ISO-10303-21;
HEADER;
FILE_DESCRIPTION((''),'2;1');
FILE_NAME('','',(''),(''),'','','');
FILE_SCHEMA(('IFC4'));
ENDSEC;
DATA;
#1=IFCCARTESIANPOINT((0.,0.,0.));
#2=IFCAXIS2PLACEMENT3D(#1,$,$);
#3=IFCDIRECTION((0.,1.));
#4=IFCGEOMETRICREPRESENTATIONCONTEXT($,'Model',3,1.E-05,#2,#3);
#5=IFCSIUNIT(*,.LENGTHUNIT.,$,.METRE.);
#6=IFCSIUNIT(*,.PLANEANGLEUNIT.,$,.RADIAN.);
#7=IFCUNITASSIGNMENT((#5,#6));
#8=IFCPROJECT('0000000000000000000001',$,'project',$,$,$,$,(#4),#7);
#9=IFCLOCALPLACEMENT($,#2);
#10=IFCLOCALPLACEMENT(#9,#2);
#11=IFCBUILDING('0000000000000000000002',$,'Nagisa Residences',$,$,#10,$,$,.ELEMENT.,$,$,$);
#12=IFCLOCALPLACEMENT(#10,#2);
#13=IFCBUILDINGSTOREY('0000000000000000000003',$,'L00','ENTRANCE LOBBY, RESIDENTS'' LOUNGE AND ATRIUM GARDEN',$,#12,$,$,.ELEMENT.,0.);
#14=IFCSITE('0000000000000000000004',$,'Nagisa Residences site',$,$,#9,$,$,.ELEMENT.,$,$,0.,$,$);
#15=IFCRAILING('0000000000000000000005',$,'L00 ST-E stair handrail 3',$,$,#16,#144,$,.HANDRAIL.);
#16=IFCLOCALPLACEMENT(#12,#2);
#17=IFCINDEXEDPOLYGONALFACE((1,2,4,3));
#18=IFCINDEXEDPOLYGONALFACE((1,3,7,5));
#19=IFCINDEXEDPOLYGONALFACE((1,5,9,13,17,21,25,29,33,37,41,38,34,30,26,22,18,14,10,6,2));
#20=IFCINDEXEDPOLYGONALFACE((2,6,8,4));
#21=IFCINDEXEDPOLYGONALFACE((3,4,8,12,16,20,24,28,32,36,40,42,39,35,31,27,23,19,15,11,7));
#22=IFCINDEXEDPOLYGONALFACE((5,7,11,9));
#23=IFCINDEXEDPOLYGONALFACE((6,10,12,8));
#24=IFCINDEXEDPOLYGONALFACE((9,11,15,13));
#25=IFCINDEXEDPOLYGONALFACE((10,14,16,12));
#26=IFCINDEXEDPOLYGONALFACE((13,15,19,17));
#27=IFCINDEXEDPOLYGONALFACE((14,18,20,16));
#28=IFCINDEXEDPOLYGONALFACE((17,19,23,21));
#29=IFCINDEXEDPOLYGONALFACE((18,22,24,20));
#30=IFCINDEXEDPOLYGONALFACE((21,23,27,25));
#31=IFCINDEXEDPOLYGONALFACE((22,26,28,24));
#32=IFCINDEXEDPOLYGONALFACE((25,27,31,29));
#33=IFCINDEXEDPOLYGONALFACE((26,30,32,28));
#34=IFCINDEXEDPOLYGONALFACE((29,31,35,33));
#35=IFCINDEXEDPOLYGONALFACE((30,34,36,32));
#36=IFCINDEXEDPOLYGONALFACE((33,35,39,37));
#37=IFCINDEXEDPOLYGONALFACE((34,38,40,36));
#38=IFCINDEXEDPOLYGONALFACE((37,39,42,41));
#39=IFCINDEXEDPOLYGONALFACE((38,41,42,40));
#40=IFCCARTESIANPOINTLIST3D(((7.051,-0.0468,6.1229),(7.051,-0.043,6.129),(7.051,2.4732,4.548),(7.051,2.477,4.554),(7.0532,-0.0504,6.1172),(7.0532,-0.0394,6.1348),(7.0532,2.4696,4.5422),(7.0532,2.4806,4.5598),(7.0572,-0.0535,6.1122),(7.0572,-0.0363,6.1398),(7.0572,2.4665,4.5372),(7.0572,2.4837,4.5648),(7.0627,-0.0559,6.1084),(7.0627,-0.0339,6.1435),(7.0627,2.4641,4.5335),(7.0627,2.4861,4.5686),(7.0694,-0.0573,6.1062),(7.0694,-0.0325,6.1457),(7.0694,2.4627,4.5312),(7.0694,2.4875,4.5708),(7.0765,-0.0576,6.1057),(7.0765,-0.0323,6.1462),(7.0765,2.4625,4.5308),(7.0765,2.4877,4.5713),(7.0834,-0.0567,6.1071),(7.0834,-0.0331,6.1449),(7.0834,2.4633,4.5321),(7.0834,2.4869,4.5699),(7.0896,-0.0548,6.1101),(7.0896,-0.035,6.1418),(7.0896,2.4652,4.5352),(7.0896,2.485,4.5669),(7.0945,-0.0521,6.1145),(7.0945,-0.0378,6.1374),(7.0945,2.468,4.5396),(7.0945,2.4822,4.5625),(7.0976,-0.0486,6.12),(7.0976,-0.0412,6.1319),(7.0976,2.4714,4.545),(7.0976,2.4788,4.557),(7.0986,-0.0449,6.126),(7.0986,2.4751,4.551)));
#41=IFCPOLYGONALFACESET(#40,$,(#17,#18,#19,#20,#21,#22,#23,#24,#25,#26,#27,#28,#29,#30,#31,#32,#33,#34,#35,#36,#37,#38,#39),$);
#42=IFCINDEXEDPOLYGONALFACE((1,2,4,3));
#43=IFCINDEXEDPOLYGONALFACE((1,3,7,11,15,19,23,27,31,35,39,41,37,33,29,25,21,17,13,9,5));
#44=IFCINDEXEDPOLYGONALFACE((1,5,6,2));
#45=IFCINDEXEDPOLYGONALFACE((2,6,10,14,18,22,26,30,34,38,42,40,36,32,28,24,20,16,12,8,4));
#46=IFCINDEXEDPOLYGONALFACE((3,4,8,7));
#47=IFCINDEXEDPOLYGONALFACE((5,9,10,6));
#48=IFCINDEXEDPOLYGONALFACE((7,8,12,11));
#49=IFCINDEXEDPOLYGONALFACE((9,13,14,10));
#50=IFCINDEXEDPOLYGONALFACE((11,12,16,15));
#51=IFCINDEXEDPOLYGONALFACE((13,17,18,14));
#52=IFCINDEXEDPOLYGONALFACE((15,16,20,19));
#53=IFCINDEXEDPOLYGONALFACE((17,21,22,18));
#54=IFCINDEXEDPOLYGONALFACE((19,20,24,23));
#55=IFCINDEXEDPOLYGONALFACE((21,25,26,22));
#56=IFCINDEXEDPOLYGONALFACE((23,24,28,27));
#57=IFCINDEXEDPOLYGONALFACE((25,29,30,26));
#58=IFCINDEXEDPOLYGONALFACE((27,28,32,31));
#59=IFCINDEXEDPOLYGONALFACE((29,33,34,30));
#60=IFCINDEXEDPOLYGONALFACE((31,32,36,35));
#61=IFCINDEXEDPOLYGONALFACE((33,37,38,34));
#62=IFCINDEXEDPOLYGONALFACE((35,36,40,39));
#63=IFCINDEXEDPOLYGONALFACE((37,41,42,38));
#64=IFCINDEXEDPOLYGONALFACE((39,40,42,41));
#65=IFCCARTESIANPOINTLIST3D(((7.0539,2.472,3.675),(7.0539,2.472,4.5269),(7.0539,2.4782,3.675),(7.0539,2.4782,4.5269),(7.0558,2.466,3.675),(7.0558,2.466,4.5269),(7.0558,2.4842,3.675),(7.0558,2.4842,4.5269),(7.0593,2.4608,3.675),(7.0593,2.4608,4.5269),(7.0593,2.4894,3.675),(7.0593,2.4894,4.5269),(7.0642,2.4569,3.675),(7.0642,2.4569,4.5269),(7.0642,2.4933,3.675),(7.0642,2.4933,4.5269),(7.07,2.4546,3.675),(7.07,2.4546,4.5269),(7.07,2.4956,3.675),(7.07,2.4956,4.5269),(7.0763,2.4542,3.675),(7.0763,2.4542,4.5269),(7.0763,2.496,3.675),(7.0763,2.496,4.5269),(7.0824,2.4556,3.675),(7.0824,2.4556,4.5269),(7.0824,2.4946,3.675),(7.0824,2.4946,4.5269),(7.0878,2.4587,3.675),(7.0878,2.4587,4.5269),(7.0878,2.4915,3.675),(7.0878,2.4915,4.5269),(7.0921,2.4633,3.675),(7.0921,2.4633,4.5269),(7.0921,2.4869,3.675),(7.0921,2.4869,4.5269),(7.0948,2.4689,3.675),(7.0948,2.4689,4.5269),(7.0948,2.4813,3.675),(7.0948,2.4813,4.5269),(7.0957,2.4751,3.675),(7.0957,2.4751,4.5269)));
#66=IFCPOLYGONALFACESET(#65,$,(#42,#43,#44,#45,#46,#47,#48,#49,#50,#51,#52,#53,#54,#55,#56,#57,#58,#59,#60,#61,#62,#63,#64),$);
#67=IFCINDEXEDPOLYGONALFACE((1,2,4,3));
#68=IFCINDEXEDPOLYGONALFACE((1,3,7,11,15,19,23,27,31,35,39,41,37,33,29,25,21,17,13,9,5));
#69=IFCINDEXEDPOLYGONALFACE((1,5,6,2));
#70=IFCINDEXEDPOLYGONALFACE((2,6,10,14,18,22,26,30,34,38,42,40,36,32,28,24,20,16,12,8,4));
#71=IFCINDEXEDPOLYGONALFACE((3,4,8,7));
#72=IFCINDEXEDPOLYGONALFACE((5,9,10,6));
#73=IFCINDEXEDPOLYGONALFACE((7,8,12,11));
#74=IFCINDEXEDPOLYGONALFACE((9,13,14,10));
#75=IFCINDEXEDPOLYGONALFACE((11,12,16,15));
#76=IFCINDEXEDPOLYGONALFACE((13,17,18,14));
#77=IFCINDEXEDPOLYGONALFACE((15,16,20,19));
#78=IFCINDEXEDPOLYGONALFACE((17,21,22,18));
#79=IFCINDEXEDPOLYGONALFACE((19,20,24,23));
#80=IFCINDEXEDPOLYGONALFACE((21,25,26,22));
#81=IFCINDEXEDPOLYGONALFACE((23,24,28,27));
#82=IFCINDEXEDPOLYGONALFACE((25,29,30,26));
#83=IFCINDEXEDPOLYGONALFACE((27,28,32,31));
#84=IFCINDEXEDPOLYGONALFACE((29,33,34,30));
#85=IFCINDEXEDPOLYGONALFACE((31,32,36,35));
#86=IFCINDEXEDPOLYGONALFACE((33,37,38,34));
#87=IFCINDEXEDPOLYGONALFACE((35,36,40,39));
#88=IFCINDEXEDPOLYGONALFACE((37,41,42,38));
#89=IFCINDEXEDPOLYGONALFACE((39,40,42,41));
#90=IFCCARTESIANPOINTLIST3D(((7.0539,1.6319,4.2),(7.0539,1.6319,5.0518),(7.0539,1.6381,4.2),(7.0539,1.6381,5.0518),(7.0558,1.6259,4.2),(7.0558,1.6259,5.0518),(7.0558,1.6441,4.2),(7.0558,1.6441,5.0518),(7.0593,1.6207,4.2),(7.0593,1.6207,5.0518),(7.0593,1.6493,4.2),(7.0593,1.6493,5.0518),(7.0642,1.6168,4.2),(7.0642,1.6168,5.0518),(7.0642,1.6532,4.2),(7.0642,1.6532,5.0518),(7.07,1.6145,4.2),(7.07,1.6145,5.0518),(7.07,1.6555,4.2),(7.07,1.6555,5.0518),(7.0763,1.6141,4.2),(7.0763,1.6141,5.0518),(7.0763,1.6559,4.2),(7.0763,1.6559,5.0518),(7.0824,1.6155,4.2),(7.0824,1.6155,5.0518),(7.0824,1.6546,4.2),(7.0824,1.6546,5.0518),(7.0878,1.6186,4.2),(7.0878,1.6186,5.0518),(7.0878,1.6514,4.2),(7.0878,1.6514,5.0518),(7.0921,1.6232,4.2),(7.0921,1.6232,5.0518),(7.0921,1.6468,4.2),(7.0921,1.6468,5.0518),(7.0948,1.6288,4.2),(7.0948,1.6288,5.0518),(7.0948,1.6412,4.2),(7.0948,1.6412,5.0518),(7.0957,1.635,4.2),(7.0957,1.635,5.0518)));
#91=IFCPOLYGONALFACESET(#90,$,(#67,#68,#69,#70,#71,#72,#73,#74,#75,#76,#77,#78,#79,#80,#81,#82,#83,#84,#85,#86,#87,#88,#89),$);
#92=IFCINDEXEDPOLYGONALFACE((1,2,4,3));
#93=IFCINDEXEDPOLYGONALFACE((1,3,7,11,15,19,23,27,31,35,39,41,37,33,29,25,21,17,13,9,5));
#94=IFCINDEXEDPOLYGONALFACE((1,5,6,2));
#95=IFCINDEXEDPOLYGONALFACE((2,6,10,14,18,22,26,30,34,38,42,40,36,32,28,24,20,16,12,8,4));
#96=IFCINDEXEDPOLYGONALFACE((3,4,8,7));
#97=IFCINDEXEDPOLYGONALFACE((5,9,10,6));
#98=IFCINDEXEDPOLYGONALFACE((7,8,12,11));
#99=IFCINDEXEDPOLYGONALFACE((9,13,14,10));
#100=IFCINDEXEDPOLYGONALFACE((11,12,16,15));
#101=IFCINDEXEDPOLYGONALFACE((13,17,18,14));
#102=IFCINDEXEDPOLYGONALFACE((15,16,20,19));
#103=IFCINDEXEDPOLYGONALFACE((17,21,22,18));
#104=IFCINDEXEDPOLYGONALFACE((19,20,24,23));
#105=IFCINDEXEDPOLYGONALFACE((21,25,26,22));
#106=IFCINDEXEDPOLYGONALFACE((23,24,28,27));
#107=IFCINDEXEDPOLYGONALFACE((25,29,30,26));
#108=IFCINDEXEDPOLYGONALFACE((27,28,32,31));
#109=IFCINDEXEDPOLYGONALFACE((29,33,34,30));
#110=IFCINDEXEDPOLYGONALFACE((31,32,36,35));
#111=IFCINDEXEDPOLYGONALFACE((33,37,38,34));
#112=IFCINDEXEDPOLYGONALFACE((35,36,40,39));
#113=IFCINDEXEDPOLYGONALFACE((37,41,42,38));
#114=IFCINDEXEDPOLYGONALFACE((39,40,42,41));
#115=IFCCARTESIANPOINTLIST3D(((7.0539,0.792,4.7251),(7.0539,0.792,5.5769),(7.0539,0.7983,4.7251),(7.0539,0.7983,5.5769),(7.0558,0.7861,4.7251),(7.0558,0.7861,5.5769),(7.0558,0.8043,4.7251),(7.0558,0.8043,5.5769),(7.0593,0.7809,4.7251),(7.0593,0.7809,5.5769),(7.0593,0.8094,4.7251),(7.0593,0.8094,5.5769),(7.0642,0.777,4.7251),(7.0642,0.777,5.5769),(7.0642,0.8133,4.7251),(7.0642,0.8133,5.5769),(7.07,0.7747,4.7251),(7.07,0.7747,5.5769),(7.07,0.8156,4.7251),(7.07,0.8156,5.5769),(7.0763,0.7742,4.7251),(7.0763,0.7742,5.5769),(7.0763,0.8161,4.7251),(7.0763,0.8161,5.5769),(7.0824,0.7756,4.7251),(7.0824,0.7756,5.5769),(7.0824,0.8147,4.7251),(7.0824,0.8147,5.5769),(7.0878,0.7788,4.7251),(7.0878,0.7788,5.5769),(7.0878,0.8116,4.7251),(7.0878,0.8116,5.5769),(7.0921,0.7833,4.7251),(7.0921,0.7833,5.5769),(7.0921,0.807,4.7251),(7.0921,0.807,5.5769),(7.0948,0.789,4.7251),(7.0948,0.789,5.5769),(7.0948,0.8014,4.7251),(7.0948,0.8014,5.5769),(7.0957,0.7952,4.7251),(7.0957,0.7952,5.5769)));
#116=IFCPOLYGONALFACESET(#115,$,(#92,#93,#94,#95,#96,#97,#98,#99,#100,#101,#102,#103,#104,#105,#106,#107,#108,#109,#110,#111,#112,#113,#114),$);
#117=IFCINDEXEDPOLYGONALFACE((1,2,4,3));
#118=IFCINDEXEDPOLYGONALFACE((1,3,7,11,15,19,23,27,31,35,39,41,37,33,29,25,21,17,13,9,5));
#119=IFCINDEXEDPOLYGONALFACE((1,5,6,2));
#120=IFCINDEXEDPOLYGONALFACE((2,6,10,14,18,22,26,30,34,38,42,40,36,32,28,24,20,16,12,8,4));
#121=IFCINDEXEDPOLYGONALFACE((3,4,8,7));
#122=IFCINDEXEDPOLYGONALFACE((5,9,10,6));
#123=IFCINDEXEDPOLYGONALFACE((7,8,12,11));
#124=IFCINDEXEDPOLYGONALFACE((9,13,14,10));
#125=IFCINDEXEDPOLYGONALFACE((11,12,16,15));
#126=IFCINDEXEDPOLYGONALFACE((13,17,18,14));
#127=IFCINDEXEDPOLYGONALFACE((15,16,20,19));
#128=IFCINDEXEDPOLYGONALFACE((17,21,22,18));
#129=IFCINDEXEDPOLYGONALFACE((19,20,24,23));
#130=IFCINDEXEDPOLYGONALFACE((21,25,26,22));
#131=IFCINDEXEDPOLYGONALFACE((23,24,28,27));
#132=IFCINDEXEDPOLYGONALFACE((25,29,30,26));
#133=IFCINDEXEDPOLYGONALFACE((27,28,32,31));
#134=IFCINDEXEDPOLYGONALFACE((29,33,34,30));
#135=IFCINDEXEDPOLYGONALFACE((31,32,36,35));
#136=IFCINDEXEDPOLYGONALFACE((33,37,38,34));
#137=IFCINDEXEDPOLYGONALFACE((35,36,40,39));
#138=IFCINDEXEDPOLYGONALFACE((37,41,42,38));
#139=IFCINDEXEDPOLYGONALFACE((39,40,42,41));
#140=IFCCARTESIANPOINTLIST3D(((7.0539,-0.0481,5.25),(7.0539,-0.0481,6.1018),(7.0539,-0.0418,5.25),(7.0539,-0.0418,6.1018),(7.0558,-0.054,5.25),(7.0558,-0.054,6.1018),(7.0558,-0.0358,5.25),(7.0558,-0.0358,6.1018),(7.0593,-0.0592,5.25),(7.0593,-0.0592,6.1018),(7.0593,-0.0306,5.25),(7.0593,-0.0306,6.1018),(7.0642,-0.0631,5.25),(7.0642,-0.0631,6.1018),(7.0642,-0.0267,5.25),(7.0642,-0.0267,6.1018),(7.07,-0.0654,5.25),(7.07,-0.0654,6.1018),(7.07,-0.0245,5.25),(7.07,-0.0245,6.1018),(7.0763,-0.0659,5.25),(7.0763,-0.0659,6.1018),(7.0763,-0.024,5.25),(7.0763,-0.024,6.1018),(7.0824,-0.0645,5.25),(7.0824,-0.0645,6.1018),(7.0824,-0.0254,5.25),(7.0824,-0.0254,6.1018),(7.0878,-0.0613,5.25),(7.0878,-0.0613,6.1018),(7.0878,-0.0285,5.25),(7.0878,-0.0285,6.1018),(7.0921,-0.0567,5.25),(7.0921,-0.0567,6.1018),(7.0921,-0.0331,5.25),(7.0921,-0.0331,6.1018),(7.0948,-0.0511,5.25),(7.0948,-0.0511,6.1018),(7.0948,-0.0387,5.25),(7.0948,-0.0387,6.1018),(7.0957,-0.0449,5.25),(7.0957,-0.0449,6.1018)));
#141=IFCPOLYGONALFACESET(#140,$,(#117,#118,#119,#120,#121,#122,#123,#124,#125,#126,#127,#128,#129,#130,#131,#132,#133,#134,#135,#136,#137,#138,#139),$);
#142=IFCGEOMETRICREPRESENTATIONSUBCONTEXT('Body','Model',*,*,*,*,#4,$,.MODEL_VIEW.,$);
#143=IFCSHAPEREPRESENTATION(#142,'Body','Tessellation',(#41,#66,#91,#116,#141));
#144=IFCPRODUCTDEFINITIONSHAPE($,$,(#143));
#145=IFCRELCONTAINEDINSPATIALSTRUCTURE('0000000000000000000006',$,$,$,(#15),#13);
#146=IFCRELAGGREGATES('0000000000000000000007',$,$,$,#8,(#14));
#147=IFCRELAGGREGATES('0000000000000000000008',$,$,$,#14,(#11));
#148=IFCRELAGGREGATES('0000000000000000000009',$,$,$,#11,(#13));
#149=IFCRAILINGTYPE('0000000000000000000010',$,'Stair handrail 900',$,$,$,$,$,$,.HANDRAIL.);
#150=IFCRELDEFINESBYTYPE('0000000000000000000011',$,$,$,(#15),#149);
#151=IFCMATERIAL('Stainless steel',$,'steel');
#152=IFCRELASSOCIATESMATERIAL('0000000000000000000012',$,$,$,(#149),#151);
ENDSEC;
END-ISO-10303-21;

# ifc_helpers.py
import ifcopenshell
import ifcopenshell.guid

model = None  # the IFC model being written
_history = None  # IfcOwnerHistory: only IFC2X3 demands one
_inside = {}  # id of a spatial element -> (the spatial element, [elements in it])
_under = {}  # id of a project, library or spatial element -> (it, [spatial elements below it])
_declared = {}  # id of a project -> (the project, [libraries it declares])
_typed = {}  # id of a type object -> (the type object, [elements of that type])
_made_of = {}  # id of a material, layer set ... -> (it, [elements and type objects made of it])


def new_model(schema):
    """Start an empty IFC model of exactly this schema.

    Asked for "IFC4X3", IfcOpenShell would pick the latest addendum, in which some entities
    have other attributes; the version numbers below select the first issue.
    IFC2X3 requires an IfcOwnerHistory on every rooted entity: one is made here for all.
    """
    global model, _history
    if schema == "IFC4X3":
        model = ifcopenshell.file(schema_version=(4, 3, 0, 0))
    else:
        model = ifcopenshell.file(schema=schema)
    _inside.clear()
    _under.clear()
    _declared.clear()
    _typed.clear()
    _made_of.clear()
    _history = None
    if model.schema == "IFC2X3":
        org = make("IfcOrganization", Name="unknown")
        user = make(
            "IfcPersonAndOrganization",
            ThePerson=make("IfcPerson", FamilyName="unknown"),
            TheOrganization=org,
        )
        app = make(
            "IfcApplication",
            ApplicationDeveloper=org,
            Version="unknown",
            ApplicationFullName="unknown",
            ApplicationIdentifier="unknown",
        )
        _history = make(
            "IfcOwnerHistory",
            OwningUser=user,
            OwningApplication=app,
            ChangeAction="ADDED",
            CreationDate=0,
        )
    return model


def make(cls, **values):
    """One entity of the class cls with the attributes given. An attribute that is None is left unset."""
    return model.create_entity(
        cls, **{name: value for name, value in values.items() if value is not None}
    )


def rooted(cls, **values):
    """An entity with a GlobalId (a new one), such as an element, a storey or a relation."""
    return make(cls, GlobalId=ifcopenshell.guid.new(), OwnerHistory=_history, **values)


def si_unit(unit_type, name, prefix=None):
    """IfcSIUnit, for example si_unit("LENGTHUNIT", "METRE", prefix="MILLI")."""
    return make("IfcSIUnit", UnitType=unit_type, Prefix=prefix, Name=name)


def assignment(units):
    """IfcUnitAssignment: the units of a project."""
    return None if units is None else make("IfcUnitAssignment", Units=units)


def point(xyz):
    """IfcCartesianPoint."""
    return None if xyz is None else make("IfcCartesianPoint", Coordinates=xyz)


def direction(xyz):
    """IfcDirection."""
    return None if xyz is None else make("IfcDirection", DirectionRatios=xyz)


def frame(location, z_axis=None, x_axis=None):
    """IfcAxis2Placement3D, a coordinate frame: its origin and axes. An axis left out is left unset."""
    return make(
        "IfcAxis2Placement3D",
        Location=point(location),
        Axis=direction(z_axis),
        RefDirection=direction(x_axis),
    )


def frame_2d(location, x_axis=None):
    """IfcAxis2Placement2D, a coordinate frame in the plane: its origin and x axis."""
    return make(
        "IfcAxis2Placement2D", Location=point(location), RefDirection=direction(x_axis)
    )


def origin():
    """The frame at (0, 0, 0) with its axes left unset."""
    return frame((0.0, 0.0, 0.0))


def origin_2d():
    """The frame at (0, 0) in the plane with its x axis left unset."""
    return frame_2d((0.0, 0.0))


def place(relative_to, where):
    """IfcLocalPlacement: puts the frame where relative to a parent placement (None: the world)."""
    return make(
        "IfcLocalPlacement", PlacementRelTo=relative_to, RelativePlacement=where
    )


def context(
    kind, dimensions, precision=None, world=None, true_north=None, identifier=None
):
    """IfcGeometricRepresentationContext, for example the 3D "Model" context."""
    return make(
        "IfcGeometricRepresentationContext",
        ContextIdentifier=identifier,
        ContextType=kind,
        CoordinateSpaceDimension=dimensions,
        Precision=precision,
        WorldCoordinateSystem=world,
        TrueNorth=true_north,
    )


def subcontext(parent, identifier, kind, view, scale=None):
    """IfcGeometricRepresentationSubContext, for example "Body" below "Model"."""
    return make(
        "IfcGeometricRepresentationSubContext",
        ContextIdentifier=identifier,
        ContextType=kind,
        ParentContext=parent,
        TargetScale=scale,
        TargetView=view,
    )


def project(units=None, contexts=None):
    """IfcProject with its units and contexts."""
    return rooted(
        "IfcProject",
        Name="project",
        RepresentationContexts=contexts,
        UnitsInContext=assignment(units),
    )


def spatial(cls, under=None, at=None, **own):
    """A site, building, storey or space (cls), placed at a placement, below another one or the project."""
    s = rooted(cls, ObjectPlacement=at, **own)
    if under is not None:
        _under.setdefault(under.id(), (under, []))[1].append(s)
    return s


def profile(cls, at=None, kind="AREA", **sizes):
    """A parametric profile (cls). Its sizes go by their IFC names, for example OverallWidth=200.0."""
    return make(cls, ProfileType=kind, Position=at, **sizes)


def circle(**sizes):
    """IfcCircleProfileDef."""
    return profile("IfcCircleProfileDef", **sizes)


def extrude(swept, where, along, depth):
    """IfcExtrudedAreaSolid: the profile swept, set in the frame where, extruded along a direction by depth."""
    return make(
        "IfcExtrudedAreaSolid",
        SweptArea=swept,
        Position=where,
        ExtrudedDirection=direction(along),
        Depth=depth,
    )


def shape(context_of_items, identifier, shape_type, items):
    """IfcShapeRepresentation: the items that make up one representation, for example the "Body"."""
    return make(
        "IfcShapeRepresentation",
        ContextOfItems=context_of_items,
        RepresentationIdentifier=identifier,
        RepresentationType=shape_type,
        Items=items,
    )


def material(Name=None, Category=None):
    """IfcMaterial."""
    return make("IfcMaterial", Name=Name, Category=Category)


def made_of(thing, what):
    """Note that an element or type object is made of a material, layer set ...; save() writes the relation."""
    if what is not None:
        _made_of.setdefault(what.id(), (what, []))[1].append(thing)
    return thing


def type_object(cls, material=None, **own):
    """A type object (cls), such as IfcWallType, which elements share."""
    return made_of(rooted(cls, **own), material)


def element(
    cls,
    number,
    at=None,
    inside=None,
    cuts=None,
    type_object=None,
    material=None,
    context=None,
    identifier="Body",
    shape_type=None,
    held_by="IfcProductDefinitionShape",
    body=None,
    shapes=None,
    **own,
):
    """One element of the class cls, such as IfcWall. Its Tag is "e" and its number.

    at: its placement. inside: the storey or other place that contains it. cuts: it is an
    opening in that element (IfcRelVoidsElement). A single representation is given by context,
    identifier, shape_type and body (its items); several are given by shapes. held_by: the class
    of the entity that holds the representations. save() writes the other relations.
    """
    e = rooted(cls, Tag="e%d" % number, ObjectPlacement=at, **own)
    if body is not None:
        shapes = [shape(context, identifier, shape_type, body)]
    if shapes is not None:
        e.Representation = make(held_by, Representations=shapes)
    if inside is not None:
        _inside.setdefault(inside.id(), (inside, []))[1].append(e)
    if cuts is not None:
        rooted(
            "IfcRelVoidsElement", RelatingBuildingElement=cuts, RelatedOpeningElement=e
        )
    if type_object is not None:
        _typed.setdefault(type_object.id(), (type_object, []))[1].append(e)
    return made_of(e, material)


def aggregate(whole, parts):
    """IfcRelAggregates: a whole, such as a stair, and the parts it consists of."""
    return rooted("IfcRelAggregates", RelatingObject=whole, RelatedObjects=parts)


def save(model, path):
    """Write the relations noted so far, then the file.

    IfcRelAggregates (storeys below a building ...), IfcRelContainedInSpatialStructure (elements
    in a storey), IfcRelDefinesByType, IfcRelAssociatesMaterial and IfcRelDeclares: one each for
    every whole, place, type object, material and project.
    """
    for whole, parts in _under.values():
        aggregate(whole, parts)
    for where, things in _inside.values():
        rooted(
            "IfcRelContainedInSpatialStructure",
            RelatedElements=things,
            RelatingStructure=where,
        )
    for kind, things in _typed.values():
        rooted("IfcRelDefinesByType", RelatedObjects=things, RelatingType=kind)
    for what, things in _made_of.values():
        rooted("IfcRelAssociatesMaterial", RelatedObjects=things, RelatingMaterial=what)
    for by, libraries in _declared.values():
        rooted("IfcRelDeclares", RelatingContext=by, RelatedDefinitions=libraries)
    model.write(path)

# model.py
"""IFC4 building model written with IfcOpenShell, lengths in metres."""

from ifc_helpers import new_model, si_unit, direction, frame, origin, origin_2d, place, context, subcontext, project, spatial, circle, extrude, material, type_object, element, save


model = new_model("IFC4")

# Units and contexts
model_context = context("Model", 3, precision=1e-05, world=origin(), true_north=direction((0.0, 1.0)))
body_context = subcontext(model_context, "Body", "Model", "MODEL_VIEW")
ifc_project = project(units=[si_unit("LENGTHUNIT", "METRE"), si_unit("PLANEANGLEUNIT", "RADIAN")], contexts=[model_context])

# Site, building, storey
site_placement = place(None, origin())
site = spatial("IfcSite", under=ifc_project, at=site_placement, Name="Nagisa Residences site", CompositionType="ELEMENT", RefElevation=0.0)
building_placement = place(site_placement, origin())
building = spatial("IfcBuilding", under=site, at=building_placement, Name="Nagisa Residences", CompositionType="ELEMENT")
storey_placement = place(building_placement, origin())
storey = spatial("IfcBuildingStorey", under=building, at=storey_placement, Name="L00", Description="ENTRANCE LOBBY, RESIDENTS' LOUNGE AND ATRIUM GARDEN", CompositionType="ELEMENT", Elevation=0.0)

# Railing
ifc_material_1 = material(Name="Stainless steel", Category="steel")
railing_type_1 = type_object("IfcRailingType", Name="Stair handrail 900", PredefinedType="HANDRAIL", material=ifc_material_1)
for number, where, name in (
    (1, (7.0747, 2.4751, 3.675), "L00 ST-E stair handrail 3"),
):
    element("IfcRailing", number, at=place(storey_placement, frame(where)), inside=storey, type_object=railing_type_1, Name=name, PredefinedType="HANDRAIL", context=body_context, shape_type="SweptSolid", body=[
        extrude(circle(Radius=0.0239, at=origin_2d()), frame((0.0, 0.0, 0.876), z_axis=(0.0, -0.848008, 0.529984), x_axis=(1.0, 0.0, 0.0)), (0.0, 0.0, 1.0), 2.9717),
        extrude(circle(Radius=0.021, at=origin_2d()), origin(), (0.0, 0.0, 1.0), 0.8518),
        extrude(circle(Radius=0.021, at=origin_2d()), frame((0.0, -0.8401, 0.5249)), (0.0, 0.0, 1.0), 0.8518),
        extrude(circle(Radius=0.021, at=origin_2d()), frame((0.0, -1.6799, 1.05)), (0.0, 0.0, 1.0), 0.8518),
        extrude(circle(Radius=0.021, at=origin_2d()), frame((0.0, -2.52, 1.575)), (0.0, 0.0, 1.0), 0.8518),
    ])

save(model, "model.ifc")
